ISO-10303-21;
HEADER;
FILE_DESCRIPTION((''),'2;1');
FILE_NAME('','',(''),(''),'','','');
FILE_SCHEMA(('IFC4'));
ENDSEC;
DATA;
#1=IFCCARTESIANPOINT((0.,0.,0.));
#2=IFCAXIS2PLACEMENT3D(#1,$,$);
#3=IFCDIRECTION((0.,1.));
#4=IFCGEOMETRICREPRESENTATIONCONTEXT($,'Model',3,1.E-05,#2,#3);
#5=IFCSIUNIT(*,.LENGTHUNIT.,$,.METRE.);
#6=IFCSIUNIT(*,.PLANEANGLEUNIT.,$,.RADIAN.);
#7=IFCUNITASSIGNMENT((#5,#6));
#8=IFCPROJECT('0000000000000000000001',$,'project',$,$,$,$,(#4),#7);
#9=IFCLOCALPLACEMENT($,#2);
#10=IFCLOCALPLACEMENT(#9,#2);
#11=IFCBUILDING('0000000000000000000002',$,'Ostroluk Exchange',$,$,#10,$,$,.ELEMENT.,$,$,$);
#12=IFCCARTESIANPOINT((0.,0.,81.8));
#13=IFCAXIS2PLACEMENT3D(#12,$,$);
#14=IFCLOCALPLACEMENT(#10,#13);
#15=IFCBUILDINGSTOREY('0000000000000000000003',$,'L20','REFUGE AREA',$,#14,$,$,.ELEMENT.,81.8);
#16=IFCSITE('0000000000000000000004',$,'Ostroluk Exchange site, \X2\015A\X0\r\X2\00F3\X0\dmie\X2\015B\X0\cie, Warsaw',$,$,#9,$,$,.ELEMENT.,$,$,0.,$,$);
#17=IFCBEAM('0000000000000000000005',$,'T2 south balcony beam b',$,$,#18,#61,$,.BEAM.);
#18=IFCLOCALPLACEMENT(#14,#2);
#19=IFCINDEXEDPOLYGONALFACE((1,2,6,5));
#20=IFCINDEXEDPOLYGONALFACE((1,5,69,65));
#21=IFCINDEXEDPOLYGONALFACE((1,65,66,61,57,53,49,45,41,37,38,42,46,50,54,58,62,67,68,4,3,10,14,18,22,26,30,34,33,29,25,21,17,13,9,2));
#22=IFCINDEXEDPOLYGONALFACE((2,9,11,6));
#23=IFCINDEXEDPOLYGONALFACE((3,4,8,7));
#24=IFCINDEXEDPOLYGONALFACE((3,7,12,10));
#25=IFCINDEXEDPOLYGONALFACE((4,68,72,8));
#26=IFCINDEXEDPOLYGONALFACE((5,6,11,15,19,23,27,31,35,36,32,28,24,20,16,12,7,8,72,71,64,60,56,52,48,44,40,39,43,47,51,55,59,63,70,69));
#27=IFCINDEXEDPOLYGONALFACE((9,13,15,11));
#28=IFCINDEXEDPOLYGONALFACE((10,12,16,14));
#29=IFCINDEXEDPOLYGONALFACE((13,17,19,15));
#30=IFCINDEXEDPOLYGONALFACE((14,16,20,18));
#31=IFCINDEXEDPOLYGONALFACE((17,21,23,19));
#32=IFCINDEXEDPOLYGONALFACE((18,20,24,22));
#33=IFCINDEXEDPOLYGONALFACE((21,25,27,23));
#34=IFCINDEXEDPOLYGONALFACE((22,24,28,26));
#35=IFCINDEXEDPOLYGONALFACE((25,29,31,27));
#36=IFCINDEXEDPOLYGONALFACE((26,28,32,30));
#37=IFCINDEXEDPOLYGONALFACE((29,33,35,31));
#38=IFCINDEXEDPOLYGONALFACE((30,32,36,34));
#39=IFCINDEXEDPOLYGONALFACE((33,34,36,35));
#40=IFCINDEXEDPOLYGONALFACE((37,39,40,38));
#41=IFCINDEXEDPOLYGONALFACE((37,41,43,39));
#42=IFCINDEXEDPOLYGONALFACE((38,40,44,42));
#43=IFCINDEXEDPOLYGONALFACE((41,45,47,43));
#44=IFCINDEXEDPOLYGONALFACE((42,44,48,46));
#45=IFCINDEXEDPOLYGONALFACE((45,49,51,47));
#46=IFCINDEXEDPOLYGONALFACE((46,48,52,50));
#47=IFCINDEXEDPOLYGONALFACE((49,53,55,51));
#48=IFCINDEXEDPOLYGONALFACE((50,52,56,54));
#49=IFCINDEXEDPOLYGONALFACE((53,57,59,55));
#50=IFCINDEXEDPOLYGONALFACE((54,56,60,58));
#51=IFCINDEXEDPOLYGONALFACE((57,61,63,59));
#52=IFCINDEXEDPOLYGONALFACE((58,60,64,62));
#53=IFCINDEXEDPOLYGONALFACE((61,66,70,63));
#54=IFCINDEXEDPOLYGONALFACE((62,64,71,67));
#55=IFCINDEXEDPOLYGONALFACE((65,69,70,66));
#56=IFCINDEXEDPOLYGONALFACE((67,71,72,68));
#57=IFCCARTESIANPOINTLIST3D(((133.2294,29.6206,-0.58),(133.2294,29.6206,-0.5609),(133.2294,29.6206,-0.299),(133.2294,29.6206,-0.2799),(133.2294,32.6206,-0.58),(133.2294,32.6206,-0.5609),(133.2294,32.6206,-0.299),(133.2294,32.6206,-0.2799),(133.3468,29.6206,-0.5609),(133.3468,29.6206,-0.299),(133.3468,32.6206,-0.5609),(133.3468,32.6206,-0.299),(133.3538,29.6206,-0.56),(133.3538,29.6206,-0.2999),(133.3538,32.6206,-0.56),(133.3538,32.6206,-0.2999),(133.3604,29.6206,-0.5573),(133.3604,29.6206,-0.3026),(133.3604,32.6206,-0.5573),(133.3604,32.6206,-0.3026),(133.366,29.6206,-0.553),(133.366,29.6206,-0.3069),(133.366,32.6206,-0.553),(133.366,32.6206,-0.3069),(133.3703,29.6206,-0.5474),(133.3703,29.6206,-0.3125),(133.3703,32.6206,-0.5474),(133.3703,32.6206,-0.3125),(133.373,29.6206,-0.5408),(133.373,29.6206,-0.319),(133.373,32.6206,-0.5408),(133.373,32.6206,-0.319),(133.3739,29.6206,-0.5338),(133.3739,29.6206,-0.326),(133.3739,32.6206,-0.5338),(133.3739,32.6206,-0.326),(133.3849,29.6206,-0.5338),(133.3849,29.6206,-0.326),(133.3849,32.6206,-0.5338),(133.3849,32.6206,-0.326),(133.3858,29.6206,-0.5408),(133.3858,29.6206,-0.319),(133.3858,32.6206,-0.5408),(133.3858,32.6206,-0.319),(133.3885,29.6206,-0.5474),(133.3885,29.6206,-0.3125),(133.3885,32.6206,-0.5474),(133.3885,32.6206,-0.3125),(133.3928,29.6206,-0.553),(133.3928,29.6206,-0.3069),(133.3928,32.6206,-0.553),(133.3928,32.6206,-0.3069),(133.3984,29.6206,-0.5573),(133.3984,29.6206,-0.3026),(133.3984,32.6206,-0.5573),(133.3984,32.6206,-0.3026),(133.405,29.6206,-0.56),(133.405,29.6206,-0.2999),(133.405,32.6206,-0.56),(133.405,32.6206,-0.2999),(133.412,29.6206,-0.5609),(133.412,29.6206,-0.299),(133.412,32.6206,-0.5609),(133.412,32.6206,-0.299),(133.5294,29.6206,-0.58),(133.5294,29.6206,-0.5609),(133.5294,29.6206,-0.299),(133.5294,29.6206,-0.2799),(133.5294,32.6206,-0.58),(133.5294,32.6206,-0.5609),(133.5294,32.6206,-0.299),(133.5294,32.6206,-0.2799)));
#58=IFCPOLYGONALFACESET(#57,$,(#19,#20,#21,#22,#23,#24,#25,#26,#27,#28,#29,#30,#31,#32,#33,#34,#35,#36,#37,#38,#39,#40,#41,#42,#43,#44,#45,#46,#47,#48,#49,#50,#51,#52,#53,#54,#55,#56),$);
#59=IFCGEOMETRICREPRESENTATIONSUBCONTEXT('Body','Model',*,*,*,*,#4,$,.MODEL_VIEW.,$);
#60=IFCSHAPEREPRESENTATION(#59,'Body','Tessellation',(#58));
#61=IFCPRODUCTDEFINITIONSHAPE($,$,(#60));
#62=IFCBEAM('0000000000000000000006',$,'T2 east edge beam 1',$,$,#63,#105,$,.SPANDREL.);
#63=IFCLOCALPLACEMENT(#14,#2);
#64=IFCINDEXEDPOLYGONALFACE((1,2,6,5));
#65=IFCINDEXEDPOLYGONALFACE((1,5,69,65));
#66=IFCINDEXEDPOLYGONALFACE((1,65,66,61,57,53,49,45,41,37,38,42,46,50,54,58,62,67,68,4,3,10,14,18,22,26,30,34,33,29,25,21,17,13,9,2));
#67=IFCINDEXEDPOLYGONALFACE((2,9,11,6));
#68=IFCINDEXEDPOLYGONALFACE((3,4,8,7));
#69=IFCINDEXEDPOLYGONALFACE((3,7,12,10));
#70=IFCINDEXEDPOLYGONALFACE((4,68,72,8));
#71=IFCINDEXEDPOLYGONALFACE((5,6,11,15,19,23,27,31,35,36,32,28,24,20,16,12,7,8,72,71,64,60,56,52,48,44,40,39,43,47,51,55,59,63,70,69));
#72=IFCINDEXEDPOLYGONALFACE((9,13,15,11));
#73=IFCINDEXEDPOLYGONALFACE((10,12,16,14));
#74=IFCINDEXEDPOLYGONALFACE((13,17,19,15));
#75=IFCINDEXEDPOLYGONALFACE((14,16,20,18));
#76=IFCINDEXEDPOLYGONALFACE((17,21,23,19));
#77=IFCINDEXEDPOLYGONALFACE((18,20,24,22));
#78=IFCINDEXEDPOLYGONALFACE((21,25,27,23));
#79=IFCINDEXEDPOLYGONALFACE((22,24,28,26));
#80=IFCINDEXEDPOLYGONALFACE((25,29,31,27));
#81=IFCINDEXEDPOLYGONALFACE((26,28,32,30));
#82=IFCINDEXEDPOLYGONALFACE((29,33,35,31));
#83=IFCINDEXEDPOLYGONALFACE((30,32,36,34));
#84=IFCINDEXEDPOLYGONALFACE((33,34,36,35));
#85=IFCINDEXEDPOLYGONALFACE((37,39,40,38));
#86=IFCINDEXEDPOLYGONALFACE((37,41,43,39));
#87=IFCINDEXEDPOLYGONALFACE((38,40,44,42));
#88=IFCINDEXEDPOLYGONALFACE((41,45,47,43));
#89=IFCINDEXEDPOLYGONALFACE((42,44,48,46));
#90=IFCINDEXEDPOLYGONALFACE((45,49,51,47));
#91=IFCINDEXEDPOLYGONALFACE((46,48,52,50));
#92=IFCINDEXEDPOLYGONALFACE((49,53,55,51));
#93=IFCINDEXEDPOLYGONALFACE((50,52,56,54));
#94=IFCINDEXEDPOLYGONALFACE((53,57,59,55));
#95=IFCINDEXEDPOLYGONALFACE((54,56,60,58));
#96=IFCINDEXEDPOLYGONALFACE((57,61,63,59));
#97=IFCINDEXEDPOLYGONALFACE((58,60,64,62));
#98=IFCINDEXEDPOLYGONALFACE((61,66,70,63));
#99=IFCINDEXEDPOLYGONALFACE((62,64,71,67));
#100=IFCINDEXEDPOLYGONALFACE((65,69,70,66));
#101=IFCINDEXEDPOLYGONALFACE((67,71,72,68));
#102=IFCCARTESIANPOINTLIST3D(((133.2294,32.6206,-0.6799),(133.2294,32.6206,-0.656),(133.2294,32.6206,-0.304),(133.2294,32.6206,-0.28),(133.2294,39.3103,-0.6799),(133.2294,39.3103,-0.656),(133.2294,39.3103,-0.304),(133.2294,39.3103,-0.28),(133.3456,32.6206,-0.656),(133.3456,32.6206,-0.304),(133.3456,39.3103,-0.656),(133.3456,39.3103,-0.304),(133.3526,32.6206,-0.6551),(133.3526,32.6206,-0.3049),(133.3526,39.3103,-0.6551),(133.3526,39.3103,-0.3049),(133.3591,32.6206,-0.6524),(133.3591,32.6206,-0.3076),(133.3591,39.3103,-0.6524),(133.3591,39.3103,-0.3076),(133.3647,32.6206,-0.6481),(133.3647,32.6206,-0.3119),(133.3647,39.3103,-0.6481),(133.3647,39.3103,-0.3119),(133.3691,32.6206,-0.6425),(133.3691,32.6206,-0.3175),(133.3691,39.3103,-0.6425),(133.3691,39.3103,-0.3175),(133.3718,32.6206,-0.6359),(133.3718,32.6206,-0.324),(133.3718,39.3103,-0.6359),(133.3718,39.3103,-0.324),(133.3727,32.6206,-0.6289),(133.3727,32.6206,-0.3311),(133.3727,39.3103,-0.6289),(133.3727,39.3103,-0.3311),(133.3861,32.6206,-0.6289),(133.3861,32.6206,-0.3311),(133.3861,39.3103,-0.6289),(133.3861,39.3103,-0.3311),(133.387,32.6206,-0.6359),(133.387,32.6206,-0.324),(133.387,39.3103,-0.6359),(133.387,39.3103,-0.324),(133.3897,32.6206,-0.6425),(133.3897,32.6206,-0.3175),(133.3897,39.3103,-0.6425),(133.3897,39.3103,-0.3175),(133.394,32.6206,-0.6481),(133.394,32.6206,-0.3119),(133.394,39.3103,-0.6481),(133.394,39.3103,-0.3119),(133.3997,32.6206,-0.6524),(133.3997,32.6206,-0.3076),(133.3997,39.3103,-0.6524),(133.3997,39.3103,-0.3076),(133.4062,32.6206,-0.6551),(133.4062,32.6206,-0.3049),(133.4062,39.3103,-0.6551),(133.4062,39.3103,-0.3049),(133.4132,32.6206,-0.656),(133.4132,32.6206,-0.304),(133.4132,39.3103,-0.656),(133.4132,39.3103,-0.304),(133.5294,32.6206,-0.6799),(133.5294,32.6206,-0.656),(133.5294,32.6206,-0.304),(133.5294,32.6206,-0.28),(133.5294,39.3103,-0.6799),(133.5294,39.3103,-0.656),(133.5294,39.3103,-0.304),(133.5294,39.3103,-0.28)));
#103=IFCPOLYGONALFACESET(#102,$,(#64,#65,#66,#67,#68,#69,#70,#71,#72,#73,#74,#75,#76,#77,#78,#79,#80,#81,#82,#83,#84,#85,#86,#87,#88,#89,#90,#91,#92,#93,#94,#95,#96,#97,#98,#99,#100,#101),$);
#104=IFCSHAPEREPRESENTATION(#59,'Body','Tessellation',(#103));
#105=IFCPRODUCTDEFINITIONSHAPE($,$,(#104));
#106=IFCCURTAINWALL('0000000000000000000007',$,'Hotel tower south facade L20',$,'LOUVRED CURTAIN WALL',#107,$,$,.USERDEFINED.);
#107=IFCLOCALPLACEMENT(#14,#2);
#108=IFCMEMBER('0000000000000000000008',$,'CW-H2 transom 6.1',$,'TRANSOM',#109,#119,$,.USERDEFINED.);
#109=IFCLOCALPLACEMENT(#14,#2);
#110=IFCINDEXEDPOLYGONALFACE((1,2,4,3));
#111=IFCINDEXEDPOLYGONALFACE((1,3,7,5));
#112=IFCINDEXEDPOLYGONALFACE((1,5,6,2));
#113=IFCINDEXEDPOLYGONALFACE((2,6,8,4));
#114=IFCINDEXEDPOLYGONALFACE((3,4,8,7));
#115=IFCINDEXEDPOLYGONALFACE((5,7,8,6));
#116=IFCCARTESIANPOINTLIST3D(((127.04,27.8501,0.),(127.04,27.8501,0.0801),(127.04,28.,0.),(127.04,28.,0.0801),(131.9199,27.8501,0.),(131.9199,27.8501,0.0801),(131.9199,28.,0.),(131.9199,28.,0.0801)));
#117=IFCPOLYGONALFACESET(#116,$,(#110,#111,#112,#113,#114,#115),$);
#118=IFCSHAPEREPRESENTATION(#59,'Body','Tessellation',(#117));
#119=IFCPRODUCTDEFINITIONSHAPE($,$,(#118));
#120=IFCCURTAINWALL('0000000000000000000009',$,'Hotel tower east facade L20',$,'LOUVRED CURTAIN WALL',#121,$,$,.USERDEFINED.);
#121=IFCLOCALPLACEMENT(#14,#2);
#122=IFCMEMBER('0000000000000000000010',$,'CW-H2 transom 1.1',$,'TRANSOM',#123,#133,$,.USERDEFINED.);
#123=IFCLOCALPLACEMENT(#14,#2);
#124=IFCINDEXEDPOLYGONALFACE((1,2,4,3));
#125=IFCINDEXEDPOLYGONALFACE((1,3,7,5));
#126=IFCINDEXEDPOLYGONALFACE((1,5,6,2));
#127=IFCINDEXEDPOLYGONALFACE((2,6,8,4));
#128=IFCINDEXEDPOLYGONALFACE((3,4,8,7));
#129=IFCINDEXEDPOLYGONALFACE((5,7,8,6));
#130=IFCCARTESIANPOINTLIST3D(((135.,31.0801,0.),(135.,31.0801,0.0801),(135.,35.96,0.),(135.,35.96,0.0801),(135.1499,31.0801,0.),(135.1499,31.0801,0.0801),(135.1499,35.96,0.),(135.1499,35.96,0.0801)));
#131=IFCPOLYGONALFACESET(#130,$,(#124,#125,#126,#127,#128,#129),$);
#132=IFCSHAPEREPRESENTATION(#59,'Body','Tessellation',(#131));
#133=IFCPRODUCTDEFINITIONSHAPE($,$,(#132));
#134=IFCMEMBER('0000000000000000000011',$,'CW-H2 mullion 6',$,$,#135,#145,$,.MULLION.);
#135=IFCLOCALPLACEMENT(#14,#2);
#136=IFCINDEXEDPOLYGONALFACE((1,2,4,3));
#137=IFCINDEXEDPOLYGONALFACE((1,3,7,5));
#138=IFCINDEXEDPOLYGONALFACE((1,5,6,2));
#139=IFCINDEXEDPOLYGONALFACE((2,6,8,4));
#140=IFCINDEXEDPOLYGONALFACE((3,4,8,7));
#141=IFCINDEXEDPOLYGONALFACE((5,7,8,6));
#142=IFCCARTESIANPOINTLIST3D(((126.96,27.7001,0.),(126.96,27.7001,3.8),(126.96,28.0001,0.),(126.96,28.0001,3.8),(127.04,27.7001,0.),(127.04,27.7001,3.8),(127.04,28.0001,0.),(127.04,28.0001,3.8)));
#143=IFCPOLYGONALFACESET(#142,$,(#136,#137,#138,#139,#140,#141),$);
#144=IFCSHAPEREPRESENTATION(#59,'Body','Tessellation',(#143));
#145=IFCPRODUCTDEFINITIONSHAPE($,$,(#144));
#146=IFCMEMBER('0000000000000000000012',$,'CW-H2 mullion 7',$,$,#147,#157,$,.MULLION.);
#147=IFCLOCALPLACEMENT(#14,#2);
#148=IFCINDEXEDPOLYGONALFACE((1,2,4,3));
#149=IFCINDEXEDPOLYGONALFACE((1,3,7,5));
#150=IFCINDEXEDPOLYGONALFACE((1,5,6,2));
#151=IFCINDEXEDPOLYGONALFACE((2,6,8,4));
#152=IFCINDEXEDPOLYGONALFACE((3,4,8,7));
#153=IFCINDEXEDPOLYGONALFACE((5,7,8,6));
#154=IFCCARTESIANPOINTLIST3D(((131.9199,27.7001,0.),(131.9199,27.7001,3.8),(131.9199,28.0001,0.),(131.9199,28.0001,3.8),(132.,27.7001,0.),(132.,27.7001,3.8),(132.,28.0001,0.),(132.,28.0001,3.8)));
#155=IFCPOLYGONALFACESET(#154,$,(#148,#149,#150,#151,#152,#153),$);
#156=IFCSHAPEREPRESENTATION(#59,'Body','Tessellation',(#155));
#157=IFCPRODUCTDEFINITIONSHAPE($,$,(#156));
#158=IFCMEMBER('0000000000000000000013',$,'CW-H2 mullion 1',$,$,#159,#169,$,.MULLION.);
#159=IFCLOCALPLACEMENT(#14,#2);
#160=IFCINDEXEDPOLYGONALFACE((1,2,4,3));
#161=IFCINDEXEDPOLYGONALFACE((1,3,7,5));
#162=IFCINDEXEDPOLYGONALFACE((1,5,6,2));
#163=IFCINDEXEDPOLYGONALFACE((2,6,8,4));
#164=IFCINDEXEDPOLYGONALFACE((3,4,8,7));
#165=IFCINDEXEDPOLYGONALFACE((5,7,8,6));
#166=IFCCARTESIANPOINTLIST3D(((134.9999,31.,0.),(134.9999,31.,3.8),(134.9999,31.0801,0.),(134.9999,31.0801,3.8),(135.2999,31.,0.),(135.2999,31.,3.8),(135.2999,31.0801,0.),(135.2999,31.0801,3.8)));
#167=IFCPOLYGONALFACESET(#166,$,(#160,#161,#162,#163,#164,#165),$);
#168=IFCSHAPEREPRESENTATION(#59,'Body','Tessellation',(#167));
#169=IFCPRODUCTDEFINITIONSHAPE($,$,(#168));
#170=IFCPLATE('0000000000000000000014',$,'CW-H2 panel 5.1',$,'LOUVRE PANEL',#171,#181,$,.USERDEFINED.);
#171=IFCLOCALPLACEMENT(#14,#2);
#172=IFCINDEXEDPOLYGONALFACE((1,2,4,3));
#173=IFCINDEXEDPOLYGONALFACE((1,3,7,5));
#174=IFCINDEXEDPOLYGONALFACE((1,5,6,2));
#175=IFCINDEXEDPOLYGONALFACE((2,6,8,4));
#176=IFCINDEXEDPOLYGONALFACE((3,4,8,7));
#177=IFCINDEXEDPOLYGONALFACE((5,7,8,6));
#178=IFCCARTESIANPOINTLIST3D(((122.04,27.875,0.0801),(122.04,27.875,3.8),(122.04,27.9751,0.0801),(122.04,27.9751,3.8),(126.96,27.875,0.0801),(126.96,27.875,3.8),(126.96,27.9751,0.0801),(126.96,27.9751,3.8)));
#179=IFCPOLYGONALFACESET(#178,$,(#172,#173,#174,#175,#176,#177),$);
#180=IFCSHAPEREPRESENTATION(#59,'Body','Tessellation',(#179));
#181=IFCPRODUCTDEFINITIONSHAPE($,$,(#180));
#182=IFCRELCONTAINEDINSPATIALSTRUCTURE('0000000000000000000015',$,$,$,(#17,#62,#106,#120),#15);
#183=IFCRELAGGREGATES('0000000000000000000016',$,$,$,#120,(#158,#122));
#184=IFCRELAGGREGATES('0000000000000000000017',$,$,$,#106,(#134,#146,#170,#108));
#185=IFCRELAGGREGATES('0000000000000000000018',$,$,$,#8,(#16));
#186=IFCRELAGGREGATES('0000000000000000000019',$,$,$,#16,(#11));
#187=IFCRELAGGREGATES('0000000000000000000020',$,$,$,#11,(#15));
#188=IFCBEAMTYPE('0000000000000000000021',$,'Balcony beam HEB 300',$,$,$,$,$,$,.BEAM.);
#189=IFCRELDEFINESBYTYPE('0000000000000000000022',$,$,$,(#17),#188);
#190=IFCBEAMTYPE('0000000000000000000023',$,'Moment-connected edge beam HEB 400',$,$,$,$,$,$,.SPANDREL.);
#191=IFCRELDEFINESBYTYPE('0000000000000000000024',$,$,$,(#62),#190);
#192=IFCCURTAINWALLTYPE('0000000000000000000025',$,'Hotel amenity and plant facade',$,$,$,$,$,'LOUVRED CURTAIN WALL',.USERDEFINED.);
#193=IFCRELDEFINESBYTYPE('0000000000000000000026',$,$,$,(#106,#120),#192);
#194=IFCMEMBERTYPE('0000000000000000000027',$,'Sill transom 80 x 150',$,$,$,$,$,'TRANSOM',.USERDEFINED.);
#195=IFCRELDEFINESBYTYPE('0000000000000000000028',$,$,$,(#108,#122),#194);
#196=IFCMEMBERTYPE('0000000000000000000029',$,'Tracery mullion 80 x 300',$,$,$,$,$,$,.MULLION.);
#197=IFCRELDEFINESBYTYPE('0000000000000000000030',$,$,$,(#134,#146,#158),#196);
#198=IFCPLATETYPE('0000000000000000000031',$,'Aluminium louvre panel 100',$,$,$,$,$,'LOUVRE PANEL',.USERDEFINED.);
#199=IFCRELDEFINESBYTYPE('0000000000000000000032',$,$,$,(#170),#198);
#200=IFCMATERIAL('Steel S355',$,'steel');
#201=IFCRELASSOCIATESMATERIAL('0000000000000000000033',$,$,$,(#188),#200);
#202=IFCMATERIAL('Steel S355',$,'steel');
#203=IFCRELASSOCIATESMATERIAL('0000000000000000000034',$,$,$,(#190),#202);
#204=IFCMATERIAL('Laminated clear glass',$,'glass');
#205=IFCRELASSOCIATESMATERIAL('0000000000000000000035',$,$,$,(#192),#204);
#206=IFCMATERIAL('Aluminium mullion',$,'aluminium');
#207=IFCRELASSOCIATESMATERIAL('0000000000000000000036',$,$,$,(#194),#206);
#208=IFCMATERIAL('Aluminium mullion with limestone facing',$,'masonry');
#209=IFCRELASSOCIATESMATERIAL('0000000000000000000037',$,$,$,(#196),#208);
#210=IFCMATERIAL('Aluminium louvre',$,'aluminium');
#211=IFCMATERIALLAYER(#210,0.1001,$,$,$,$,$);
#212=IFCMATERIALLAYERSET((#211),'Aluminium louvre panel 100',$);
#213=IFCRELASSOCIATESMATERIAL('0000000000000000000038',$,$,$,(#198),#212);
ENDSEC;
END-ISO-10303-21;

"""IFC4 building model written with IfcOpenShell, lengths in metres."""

from ifc_helpers import new_model, si_unit, direction, frame, origin, origin_2d, place, context, subcontext, project, spatial, rectangle, i_section, extrude, material, layer, layer_set, material_profile, profile_set, type_object, element, aggregate, save


model = new_model("IFC4")

# Units and contexts
model_context = context("Model", 3, precision=1e-05, world=origin(), true_north=direction((0.0, 1.0)))
body_context = subcontext(model_context, "Body", "Model", "MODEL_VIEW")
ifc_project = project(units=[si_unit("LENGTHUNIT", "METRE"), si_unit("PLANEANGLEUNIT", "RADIAN")], contexts=[model_context])

# Site, building, storey
site_placement = place(None, origin())
site = spatial("IfcSite", under=ifc_project, at=site_placement, Name="Ostroluk Exchange site, Śródmieście, Warsaw", CompositionType="ELEMENT", RefElevation=0.0)
building_placement = place(site_placement, origin())
building = spatial("IfcBuilding", under=site, at=building_placement, Name="Ostroluk Exchange", CompositionType="ELEMENT")
storey_placement = place(building_placement, frame((0.0, 0.0, 81.8)))
storey = spatial("IfcBuildingStorey", under=building, at=storey_placement, Name="L20", Description="REFUGE AREA", CompositionType="ELEMENT", Elevation=81.8)

# Beams
ifc_material_1 = material(Name="Steel S355", Category="steel")
ifc_material_profile_1 = material_profile(ifc_material_1, i_section(OverallWidth=0.3, OverallDepth=0.3, WebThickness=0.011, FlangeThickness=0.019, FilletRadius=0.0271, at=origin_2d()), Name="HEB 300")
ifc_profile_set_1 = profile_set([ifc_material_profile_1], Name="Steel S355")
beam_type_1 = type_object("IfcBeamType", Name="Balcony beam HEB 300", PredefinedType="BEAM", material=ifc_profile_set_1)
for number, where, z_axis, x_axis, name in (
    (1, (133.3794, 32.6206, -0.4299), (0.0, -1.0, 0.0), (1.0, 0.0, 0.0), "T2 south balcony beam b"),
):
    element("IfcBeam", number, at=place(storey_placement, frame(where, z_axis=z_axis, x_axis=x_axis)), inside=storey, type_object=beam_type_1, Name=name, PredefinedType="BEAM", context=body_context, shape_type="SweptSolid", body=[
        extrude(i_section(OverallWidth=0.3, OverallDepth=0.3, WebThickness=0.011, FlangeThickness=0.019, FilletRadius=0.0271, at=origin_2d()), origin(), (0.0, 0.0, 1.0), 3.0),
    ])
ifc_material_2 = material(Name="Steel S355", Category="steel")
ifc_material_profile_2 = material_profile(ifc_material_2, i_section(OverallWidth=0.3, OverallDepth=0.3999, WebThickness=0.0134, FlangeThickness=0.0239, FilletRadius=0.0271, at=origin_2d()), Name="HEB 400")
ifc_profile_set_2 = profile_set([ifc_material_profile_2], Name="Steel S355")
beam_type_2 = type_object("IfcBeamType", Name="Moment-connected edge beam HEB 400", PredefinedType="SPANDREL", material=ifc_profile_set_2)
beam_placement = place(storey_placement, frame((133.3794, 32.6206, -0.48), z_axis=(0.0, 1.0, 0.0), x_axis=(-1.0, 0.0, 0.0)))
element("IfcBeam", 2, at=beam_placement, inside=storey, type_object=beam_type_2, Name="T2 east edge beam 1", PredefinedType="SPANDREL", context=body_context, shape_type="SweptSolid", body=[
    extrude(i_section(OverallWidth=0.3, OverallDepth=0.3999, WebThickness=0.0134, FlangeThickness=0.0239, FilletRadius=0.0271, at=origin_2d()), origin(), (0.0, 0.0, 1.0), 6.6897),
])

# Curtain walls, members
ifc_material_3 = material(Name="Laminated clear glass", Category="glass")
curtain_wall_type = type_object("IfcCurtainWallType", Name="Hotel amenity and plant facade", ElementType="LOUVRED CURTAIN WALL", PredefinedType="USERDEFINED", material=ifc_material_3)
curtain_wall_1_placement = place(storey_placement, origin())
curtain_wall_1 = element("IfcCurtainWall", 3, at=curtain_wall_1_placement, inside=storey, type_object=curtain_wall_type, Name="Hotel tower south facade L20", ObjectType="LOUVRED CURTAIN WALL", PredefinedType="USERDEFINED")
ifc_material_4 = material(Name="Aluminium mullion", Category="aluminium")
ifc_material_profile_3 = material_profile(ifc_material_4, rectangle(XDim=0.1499, YDim=0.0801, at=origin_2d()), Name="Sill transom 80 x 150")
ifc_profile_set_3 = profile_set([ifc_material_profile_3], Name="Aluminium mullion")
member_type_1 = type_object("IfcMemberType", Name="Sill transom 80 x 150", ElementType="TRANSOM", PredefinedType="USERDEFINED", material=ifc_profile_set_3)
member_1_placement = place(storey_placement, frame((127.04, 27.925, 0.04), z_axis=(1.0, 0.0, 0.0), x_axis=(0.0, 1.0, 0.0)))
member_1 = element("IfcMember", 4, at=member_1_placement, type_object=member_type_1, Name="CW-H2 transom 6.1", ObjectType="TRANSOM", PredefinedType="USERDEFINED", context=body_context, shape_type="SweptSolid", body=[
    extrude(rectangle(XDim=0.1499, YDim=0.0801, at=origin_2d()), origin(), (0.0, 0.0, 1.0), 4.8799),
])
curtain_wall_2_placement = place(storey_placement, origin())
curtain_wall_2 = element("IfcCurtainWall", 5, at=curtain_wall_2_placement, inside=storey, type_object=curtain_wall_type, Name="Hotel tower east facade L20", ObjectType="LOUVRED CURTAIN WALL", PredefinedType="USERDEFINED")
member_2_placement = place(storey_placement, frame((135.075, 31.0801, 0.04), z_axis=(0.0, 1.0, 0.0), x_axis=(-1.0, 0.0, 0.0)))
member_2 = element("IfcMember", 6, at=member_2_placement, type_object=member_type_1, Name="CW-H2 transom 1.1", ObjectType="TRANSOM", PredefinedType="USERDEFINED", context=body_context, shape_type="SweptSolid", body=[
    extrude(rectangle(XDim=0.1499, YDim=0.0801, at=origin_2d()), origin(), (0.0, 0.0, 1.0), 4.8799),
])

# Members
ifc_material_5 = material(Name="Aluminium mullion with limestone facing", Category="masonry")
ifc_material_profile_4 = material_profile(ifc_material_5, rectangle(XDim=0.3, YDim=0.0801, at=origin_2d()), Name="Tracery mullion 80 x 300")
ifc_profile_set_4 = profile_set([ifc_material_profile_4], Name="Aluminium mullion with limestone facing")
member_type_2 = type_object("IfcMemberType", Name="Tracery mullion 80 x 300", PredefinedType="MULLION", material=ifc_profile_set_4)
member_3_placement = place(storey_placement, frame((127.0, 27.8501, 0.0), z_axis=(0.0, 0.0, 1.0), x_axis=(0.0, 1.0, 0.0)))
member_3 = element("IfcMember", 7, at=member_3_placement, type_object=member_type_2, Name="CW-H2 mullion 6", PredefinedType="MULLION", context=body_context, shape_type="SweptSolid", body=[
    extrude(rectangle(XDim=0.3, YDim=0.0801, at=origin_2d()), origin(), (0.0, 0.0, 1.0), 3.8),
])
member_4_placement = place(storey_placement, frame((131.96, 27.8501, 0.0), z_axis=(0.0, 0.0, 1.0), x_axis=(0.0, 1.0, 0.0)))
member_4 = element("IfcMember", 8, at=member_4_placement, type_object=member_type_2, Name="CW-H2 mullion 7", PredefinedType="MULLION", context=body_context, shape_type="SweptSolid", body=[
    extrude(rectangle(XDim=0.3, YDim=0.0801, at=origin_2d()), origin(), (0.0, 0.0, 1.0), 3.8),
])
member_5_placement = place(storey_placement, frame((135.1499, 31.04, 0.0), z_axis=(0.0, 0.0, 1.0), x_axis=(-1.0, 0.0, 0.0)))
member_5 = element("IfcMember", 9, at=member_5_placement, type_object=member_type_2, Name="CW-H2 mullion 1", PredefinedType="MULLION", context=body_context, shape_type="SweptSolid", body=[
    extrude(rectangle(XDim=0.3, YDim=0.0801, at=origin_2d()), origin(), (0.0, 0.0, 1.0), 3.8),
])
aggregate(curtain_wall_2, [member_5, member_2])

# Plate
ifc_material_6 = material(Name="Aluminium louvre", Category="aluminium")
ifc_layer_1 = layer(ifc_material_6, 0.1001)
ifc_layer_set_1 = layer_set([ifc_layer_1], Name="Aluminium louvre panel 100")
plate_type = type_object("IfcPlateType", Name="Aluminium louvre panel 100", ElementType="LOUVRE PANEL", PredefinedType="USERDEFINED", material=ifc_layer_set_1)
plate_1_placement = place(storey_placement, frame((124.5, 27.925, 0.0801), z_axis=(0.0, 0.0, 1.0), x_axis=(1.0, 0.0, 0.0)))
plate_1 = element("IfcPlate", 10, at=plate_1_placement, type_object=plate_type, Name="CW-H2 panel 5.1", ObjectType="LOUVRE PANEL", PredefinedType="USERDEFINED", context=body_context, shape_type="SweptSolid", body=[
    extrude(rectangle(XDim=4.9199, YDim=0.1001, at=origin_2d()), origin(), (0.0, 0.0, 1.0), 3.72),
])
aggregate(curtain_wall_1, [member_3, member_4, plate_1, member_1])

save(model, "model.ifc")
